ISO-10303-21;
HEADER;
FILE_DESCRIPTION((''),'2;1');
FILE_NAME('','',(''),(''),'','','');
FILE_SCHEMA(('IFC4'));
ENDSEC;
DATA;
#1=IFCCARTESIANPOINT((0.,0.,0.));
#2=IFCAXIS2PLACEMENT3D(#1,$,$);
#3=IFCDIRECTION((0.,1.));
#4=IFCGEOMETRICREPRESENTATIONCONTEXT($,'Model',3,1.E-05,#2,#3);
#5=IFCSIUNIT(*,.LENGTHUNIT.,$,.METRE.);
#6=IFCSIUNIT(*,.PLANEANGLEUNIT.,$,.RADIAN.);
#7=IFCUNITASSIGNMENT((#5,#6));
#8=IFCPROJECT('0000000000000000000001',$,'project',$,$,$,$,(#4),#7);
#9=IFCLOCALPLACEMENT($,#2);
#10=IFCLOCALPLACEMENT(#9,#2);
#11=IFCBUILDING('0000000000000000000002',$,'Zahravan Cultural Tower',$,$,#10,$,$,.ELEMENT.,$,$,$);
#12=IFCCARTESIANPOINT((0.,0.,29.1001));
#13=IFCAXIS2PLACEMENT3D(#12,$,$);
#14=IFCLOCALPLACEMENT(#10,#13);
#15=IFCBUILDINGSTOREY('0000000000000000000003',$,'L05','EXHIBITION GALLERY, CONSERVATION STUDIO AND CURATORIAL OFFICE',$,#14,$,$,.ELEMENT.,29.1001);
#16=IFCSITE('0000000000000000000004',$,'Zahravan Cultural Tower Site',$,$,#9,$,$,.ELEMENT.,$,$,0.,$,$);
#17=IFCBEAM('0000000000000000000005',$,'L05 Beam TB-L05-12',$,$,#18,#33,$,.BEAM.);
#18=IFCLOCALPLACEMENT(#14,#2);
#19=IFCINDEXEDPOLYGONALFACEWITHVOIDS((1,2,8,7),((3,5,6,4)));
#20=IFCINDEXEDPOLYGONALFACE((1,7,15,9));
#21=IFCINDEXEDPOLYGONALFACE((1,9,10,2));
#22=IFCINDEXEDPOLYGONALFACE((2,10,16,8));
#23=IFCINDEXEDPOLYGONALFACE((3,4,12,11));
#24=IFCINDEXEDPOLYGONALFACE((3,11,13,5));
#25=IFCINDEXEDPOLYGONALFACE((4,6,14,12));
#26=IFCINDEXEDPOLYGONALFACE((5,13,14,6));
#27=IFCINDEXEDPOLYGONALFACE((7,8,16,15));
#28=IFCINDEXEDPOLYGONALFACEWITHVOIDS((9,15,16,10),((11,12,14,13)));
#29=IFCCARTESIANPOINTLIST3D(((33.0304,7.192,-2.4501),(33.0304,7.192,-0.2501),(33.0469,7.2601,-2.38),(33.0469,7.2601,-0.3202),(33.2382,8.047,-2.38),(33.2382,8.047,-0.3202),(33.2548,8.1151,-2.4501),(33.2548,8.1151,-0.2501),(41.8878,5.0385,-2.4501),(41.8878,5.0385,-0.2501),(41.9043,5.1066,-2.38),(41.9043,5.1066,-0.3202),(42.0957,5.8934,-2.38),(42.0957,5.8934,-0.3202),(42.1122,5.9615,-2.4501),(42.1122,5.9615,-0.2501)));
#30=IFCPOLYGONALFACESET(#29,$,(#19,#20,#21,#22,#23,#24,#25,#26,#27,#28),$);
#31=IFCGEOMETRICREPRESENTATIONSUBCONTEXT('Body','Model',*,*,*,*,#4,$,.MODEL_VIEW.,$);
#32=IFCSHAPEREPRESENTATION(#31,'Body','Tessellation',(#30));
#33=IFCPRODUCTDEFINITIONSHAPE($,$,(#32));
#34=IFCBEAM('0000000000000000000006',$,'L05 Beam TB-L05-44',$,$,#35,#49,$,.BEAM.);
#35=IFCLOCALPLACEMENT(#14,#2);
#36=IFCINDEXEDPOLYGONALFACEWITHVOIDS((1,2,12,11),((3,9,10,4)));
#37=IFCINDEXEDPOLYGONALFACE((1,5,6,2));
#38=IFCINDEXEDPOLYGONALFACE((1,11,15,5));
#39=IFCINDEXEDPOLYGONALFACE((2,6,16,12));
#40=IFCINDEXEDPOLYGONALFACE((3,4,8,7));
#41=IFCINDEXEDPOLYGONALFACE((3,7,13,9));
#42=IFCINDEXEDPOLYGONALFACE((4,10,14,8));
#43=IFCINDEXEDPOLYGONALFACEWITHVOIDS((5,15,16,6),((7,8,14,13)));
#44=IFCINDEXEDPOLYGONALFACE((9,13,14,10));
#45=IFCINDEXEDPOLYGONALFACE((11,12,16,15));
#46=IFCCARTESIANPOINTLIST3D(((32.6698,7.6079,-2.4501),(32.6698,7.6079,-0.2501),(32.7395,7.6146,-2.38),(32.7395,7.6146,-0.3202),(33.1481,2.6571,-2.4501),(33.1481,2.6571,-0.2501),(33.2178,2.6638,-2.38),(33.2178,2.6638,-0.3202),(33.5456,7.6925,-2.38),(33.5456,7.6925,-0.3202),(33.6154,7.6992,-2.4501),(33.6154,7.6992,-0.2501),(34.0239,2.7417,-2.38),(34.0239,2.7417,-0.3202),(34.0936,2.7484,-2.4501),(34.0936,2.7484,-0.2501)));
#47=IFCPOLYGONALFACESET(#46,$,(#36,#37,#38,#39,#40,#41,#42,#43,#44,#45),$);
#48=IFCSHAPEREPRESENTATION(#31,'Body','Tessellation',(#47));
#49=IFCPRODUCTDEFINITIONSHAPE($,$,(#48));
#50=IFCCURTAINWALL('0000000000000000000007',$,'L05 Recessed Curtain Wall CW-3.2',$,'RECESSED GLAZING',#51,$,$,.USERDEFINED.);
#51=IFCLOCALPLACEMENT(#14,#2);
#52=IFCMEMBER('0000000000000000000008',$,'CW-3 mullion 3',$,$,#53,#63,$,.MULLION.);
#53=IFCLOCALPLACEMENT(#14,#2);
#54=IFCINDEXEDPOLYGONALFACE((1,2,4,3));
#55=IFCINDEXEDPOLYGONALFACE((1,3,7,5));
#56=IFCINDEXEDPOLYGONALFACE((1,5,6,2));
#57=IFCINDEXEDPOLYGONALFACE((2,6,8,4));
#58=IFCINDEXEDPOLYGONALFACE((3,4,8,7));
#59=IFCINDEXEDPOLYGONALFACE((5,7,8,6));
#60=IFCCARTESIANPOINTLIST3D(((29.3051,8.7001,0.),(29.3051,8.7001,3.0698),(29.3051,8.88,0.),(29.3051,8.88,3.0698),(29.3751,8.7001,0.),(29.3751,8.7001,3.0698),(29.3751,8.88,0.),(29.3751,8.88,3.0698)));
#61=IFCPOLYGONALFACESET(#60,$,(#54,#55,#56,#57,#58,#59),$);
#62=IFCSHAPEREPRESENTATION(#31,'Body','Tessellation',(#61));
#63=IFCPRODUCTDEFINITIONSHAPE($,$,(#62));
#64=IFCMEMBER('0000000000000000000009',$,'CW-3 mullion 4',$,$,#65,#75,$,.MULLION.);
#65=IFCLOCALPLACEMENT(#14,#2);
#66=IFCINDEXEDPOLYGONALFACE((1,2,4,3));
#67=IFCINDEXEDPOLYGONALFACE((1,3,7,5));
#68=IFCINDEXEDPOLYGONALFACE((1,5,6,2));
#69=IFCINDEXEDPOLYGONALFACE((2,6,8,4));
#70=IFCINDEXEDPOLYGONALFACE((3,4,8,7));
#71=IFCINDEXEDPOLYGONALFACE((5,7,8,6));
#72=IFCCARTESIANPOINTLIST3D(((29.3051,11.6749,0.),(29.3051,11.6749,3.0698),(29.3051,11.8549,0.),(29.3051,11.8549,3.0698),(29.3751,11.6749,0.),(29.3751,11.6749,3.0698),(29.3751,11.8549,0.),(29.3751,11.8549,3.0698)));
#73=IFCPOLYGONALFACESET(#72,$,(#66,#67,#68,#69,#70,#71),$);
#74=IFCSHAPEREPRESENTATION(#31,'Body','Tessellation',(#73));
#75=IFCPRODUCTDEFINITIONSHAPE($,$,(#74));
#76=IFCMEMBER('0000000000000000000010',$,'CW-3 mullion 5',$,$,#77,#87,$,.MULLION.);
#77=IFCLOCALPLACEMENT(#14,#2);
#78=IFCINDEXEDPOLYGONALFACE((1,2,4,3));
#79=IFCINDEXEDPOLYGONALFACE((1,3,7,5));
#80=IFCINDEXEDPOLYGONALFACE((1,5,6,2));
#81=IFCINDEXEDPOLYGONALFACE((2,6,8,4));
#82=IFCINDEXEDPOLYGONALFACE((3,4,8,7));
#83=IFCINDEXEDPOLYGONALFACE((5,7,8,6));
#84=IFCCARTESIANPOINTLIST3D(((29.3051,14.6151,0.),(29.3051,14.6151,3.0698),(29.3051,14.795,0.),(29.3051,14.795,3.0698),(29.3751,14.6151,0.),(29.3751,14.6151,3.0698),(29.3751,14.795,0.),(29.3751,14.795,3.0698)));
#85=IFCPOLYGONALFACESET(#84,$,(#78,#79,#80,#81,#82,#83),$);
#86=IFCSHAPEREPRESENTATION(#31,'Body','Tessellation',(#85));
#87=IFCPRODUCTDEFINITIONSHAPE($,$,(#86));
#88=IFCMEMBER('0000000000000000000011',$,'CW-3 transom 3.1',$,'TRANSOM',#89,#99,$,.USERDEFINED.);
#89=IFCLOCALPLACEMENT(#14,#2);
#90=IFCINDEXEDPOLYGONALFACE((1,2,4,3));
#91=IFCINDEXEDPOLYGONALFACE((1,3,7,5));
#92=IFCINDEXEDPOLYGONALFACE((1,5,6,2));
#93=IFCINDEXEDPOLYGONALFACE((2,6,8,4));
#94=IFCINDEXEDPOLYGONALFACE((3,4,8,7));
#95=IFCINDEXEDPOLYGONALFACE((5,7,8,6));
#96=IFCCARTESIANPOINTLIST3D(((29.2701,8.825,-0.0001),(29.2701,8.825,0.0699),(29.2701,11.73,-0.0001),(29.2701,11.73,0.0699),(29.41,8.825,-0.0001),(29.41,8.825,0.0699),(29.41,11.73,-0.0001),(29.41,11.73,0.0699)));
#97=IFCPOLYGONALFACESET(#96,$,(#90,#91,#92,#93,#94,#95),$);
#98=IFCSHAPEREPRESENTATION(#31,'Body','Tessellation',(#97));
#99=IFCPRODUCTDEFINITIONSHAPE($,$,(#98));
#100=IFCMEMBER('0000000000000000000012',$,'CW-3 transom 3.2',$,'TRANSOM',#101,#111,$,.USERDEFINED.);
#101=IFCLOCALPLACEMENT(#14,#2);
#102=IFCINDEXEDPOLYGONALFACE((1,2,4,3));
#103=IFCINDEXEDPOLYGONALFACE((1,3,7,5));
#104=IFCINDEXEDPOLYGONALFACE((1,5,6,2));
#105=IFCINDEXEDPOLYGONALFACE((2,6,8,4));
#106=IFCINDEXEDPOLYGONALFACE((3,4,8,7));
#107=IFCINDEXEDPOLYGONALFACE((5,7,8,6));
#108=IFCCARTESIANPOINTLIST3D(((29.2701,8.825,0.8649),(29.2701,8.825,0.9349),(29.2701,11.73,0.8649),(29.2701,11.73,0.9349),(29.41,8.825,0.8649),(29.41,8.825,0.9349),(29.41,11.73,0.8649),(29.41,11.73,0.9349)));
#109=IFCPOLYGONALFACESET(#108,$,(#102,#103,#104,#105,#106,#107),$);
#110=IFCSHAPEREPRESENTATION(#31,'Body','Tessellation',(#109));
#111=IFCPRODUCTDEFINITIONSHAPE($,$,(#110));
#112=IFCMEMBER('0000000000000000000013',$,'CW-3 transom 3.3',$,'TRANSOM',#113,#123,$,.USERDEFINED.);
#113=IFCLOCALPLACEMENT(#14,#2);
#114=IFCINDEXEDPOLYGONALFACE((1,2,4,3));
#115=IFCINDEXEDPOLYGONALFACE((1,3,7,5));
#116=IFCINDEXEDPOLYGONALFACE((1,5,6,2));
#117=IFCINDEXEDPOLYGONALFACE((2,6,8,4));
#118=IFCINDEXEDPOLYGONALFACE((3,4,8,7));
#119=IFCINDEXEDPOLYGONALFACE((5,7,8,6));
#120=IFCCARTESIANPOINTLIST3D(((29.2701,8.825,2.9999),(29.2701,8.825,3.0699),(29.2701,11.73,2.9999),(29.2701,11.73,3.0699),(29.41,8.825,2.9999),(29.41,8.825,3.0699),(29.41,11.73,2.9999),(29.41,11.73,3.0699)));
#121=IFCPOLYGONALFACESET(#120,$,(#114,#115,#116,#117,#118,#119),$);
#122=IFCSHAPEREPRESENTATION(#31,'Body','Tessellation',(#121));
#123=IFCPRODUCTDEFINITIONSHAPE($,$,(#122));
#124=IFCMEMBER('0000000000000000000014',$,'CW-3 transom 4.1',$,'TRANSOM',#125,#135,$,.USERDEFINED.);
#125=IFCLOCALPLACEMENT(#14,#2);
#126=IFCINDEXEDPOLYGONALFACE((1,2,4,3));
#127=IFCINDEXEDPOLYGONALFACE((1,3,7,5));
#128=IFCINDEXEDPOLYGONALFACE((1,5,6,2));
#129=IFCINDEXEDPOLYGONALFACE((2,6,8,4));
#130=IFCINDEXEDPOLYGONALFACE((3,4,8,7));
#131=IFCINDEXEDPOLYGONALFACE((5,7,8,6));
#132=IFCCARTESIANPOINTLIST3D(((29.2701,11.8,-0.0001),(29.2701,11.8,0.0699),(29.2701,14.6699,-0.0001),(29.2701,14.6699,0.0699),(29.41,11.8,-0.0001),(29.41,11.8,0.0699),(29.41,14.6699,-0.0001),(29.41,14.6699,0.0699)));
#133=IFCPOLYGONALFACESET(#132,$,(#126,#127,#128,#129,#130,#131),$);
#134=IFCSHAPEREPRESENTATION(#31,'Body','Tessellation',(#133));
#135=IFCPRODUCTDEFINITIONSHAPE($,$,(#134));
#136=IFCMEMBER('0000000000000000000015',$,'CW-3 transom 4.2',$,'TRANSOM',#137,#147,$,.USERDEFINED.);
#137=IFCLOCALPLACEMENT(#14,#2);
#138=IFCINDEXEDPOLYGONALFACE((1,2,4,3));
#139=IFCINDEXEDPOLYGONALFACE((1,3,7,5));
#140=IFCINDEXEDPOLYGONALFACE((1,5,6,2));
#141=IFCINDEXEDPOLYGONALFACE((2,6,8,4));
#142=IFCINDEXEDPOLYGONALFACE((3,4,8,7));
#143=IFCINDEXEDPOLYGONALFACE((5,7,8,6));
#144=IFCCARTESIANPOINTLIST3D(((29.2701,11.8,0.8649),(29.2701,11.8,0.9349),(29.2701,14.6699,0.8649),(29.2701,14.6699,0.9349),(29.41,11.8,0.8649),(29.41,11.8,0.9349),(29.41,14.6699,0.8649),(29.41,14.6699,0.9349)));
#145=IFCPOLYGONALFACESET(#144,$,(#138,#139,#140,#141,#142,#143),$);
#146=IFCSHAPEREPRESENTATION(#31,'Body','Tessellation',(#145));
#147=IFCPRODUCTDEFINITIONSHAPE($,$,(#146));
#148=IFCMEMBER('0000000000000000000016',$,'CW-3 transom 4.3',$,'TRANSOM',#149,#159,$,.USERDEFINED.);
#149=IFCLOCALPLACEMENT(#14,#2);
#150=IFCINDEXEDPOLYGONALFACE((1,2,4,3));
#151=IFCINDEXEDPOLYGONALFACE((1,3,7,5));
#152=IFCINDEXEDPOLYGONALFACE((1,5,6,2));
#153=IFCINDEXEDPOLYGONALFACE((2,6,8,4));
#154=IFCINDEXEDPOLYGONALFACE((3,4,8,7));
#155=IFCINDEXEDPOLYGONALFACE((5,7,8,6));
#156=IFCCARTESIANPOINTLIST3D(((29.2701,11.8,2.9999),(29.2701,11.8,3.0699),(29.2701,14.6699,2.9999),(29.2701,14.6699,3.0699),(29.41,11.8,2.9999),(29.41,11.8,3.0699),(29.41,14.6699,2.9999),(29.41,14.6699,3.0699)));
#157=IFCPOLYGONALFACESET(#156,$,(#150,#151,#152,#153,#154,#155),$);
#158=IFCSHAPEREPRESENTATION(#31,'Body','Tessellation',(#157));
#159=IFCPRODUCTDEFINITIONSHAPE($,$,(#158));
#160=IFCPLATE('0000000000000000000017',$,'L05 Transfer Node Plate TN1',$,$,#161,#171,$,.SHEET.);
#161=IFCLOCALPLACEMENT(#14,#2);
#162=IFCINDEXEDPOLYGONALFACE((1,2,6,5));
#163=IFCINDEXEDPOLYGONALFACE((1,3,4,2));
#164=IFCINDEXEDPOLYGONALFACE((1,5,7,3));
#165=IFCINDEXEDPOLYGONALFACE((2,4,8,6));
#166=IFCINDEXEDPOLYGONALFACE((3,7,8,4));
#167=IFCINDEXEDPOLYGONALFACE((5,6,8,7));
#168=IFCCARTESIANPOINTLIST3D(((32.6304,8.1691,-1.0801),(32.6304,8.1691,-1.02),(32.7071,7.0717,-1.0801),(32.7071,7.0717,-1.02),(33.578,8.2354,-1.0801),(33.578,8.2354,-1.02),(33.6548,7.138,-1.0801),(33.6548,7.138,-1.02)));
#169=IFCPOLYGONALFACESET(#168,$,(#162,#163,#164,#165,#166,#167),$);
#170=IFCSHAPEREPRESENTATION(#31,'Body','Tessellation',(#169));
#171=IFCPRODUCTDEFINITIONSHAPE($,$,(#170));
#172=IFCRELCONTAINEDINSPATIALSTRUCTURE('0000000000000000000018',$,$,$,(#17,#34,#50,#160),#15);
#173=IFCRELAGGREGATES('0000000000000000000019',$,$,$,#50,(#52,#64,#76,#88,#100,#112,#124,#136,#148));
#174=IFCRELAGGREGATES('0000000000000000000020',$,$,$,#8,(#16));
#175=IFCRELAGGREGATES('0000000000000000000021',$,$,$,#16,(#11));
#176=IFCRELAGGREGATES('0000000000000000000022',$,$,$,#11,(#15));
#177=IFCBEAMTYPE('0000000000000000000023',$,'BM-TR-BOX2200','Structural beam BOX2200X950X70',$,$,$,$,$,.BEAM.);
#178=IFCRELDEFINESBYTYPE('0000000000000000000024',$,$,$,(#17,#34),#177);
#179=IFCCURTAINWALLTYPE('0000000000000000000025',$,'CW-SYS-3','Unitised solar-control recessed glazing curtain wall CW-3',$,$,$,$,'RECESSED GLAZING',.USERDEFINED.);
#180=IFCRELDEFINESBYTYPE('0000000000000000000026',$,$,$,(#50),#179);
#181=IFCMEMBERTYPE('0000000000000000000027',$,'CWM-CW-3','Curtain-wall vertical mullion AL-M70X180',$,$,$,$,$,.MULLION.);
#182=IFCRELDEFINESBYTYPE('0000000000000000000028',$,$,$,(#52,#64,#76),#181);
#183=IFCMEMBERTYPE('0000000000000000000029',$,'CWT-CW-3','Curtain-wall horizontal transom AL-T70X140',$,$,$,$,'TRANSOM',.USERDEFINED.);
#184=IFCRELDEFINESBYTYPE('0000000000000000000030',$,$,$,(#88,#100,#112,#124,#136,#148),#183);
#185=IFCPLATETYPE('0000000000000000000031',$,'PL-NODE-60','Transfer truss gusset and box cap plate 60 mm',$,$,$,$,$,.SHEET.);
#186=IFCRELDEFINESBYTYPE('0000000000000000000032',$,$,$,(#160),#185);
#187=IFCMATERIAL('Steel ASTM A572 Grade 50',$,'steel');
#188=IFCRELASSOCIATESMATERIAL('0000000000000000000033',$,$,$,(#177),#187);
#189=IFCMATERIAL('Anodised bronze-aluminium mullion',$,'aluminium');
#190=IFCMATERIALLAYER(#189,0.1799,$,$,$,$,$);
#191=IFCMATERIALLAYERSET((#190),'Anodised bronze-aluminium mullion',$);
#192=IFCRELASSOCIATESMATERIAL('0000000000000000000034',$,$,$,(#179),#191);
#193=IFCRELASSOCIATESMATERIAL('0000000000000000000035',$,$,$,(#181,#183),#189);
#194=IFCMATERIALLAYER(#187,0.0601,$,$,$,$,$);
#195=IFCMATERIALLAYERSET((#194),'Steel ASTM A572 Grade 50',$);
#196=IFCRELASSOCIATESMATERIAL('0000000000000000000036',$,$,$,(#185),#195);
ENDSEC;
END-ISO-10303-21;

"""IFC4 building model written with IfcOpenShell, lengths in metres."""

from ifc_helpers import new_model, si_unit, direction, frame, origin, origin_2d, place, context, subcontext, project, spatial, rectangle, hollow_rectangle, extrude, source, transform, mapped, material, layer, layer_set, material_profile, profile_set, type_object, element, aggregate, save


model = new_model("IFC4")

# Units and contexts
model_context = context("Model", 3, precision=1e-05, world=origin(), true_north=direction((0.0, 1.0)))
body_context = subcontext(model_context, "Body", "Model", "MODEL_VIEW")
ifc_project = project(units=[si_unit("LENGTHUNIT", "METRE"), si_unit("PLANEANGLEUNIT", "RADIAN")], contexts=[model_context])

# Site, building, storey
site_placement = place(None, origin())
site = spatial("IfcSite", under=ifc_project, at=site_placement, Name="Zahravan Cultural Tower Site", CompositionType="ELEMENT", RefElevation=0.0)
building_placement = place(site_placement, origin())
building = spatial("IfcBuilding", under=site, at=building_placement, Name="Zahravan Cultural Tower", CompositionType="ELEMENT")
storey_placement = place(building_placement, frame((0.0, 0.0, 29.1001)))
storey = spatial("IfcBuildingStorey", under=building, at=storey_placement, Name="L05", Description="EXHIBITION GALLERY, CONSERVATION STUDIO AND CURATORIAL OFFICE", CompositionType="ELEMENT", Elevation=29.1001)

# Beams
ifc_material_1 = material(Name="Steel ASTM A572 Grade 50", Category="steel")
ifc_material_profile_1 = material_profile(ifc_material_1, hollow_rectangle(XDim=0.95, YDim=2.2, WallThickness=0.0701, at=origin_2d()), Name="BOX2200X950X70")
ifc_profile_set_1 = profile_set([ifc_material_profile_1], Name="Steel ASTM A572 Grade 50")
beam_type = type_object("IfcBeamType", Name="BM-TR-BOX2200", Description="Structural beam BOX2200X950X70", PredefinedType="BEAM", material=ifc_profile_set_1)
shared_shape_1 = source(origin(), body_context, "Body", "SweptSolid", [
    extrude(hollow_rectangle(XDim=0.95, YDim=2.2, WallThickness=0.0701, at=origin_2d()), origin(), (0.0, 0.0, 1.0), 9.1155),
])
beam_1_placement = place(storey_placement, frame((33.1426, 7.6536, -1.3501), z_axis=(0.971691, -0.236254, 0.0), x_axis=(0.236254, 0.971691, 0.0)))
element("IfcBeam", 1, at=beam_1_placement, inside=storey, type_object=beam_type, Name="L05 Beam TB-L05-12", PredefinedType="BEAM", context=body_context, shape_type="MappedRepresentation", body=[
    mapped(shared_shape_1, transform((0.0, 0.0, 0.0), x_axis=(1.0, 0.0, 0.0), y_axis=(0.0, 1.0, 0.0), z_axis=(0.0, 0.0, 1.0), scale=1.0)),
])
shared_shape_2 = source(origin(), body_context, "Body", "SweptSolid", [
    extrude(hollow_rectangle(XDim=0.95, YDim=2.2, WallThickness=0.0701, at=origin_2d()), origin(), (0.0, 0.0, 1.0), 4.9739),
])
beam_2_placement = place(storey_placement, frame((33.1426, 7.6536, -1.3501), z_axis=(0.096155, -0.995366, 0.0), x_axis=(0.995366, 0.096155, 0.0)))
element("IfcBeam", 2, at=beam_2_placement, inside=storey, type_object=beam_type, Name="L05 Beam TB-L05-44", PredefinedType="BEAM", context=body_context, shape_type="MappedRepresentation", body=[
    mapped(shared_shape_2, transform((0.0, 0.0, 0.0), x_axis=(1.0, 0.0, 0.0), y_axis=(0.0, 1.0, 0.0), z_axis=(0.0, 0.0, 1.0), scale=1.0)),
])

# Curtain wall, members
ifc_material_2 = material(Name="Anodised bronze-aluminium mullion", Category="aluminium")
ifc_layer_1 = layer(ifc_material_2, 0.1799)
ifc_layer_set_1 = layer_set([ifc_layer_1], Name="Anodised bronze-aluminium mullion")
curtain_wall_type = type_object("IfcCurtainWallType", Name="CW-SYS-3", Description="Unitised solar-control recessed glazing curtain wall CW-3", ElementType="RECESSED GLAZING", PredefinedType="USERDEFINED", material=ifc_layer_set_1)
curtain_wall_placement = place(storey_placement, origin())
curtain_wall = element("IfcCurtainWall", 3, at=curtain_wall_placement, inside=storey, type_object=curtain_wall_type, Name="L05 Recessed Curtain Wall CW-3.2", ObjectType="RECESSED GLAZING", PredefinedType="USERDEFINED")
ifc_material_profile_2 = material_profile(ifc_material_2, rectangle(XDim=0.0701, YDim=0.1799, at=origin_2d()), Name="AL-M70X180")
ifc_profile_set_2 = profile_set([ifc_material_profile_2], Name="Anodised bronze-aluminium mullion")
member_type_1 = type_object("IfcMemberType", Name="CWM-CW-3", Description="Curtain-wall vertical mullion AL-M70X180", PredefinedType="MULLION", material=ifc_profile_set_2)
shared_shape_3 = source(origin(), body_context, "Body", "SweptSolid", [
    extrude(rectangle(XDim=0.0701, YDim=0.1799, at=origin_2d()), origin(), (0.0, 0.0, 1.0), 3.0698),
])
member_1_placement = place(storey_placement, frame((29.3401, 8.79, 0.0), z_axis=(0.0, 0.0, 1.0), x_axis=(-1.0, 0.0, 0.0)))
member_1 = element("IfcMember", 4, at=member_1_placement, type_object=member_type_1, Name="CW-3 mullion 3", PredefinedType="MULLION", context=body_context, shape_type="MappedRepresentation", body=[
    mapped(shared_shape_3, transform((0.0, 0.0, 0.0), x_axis=(1.0, 0.0, 0.0), y_axis=(0.0, 1.0, 0.0), z_axis=(0.0, 0.0, 1.0), scale=1.0)),
])
member_2_placement = place(storey_placement, frame((29.3401, 11.7649, 0.0), z_axis=(0.0, 0.0, 1.0), x_axis=(-1.0, 0.0, 0.0)))
member_2 = element("IfcMember", 5, at=member_2_placement, type_object=member_type_1, Name="CW-3 mullion 4", PredefinedType="MULLION", context=body_context, shape_type="MappedRepresentation", body=[
    mapped(shared_shape_3, transform((0.0, 0.0, 0.0), x_axis=(1.0, 0.0, 0.0), y_axis=(0.0, 1.0, 0.0), z_axis=(0.0, 0.0, 1.0), scale=1.0)),
])
member_3_placement = place(storey_placement, frame((29.3401, 14.7051, 0.0), z_axis=(0.0, 0.0, 1.0), x_axis=(-1.0, 0.0, 0.0)))
member_3 = element("IfcMember", 6, at=member_3_placement, type_object=member_type_1, Name="CW-3 mullion 5", PredefinedType="MULLION", context=body_context, shape_type="MappedRepresentation", body=[
    mapped(shared_shape_3, transform((0.0, 0.0, 0.0), x_axis=(1.0, 0.0, 0.0), y_axis=(0.0, 1.0, 0.0), z_axis=(0.0, 0.0, 1.0), scale=1.0)),
])
ifc_material_profile_3 = material_profile(ifc_material_2, rectangle(XDim=0.1399, YDim=0.0701, at=origin_2d()), Name="AL-T70X140")
ifc_profile_set_3 = profile_set([ifc_material_profile_3], Name="Anodised bronze-aluminium mullion")
member_type_2 = type_object("IfcMemberType", Name="CWT-CW-3", Description="Curtain-wall horizontal transom AL-T70X140", ElementType="TRANSOM", PredefinedType="USERDEFINED", material=ifc_profile_set_3)
shared_shape_4 = source(origin(), body_context, "Body", "SweptSolid", [
    extrude(rectangle(XDim=0.1399, YDim=0.0701, at=origin_2d()), origin(), (0.0, 0.0, 1.0), 2.905),
])
member_4_placement = place(storey_placement, frame((29.3401, 8.825, 0.0349), z_axis=(0.0, 1.0, 0.0), x_axis=(-1.0, 0.0, 0.0)))
member_4 = element("IfcMember", 7, at=member_4_placement, type_object=member_type_2, Name="CW-3 transom 3.1", ObjectType="TRANSOM", PredefinedType="USERDEFINED", context=body_context, shape_type="MappedRepresentation", body=[
    mapped(shared_shape_4, transform((0.0, 0.0, 0.0), x_axis=(1.0, 0.0, 0.0), y_axis=(0.0, 1.0, 0.0), z_axis=(0.0, 0.0, 1.0), scale=1.0)),
])
member_5_placement = place(storey_placement, frame((29.3401, 8.825, 0.8999), z_axis=(0.0, 1.0, 0.0), x_axis=(-1.0, 0.0, 0.0)))
member_5 = element("IfcMember", 8, at=member_5_placement, type_object=member_type_2, Name="CW-3 transom 3.2", ObjectType="TRANSOM", PredefinedType="USERDEFINED", context=body_context, shape_type="MappedRepresentation", body=[
    mapped(shared_shape_4, transform((0.0, 0.0, 0.0), x_axis=(1.0, 0.0, 0.0), y_axis=(0.0, 1.0, 0.0), z_axis=(0.0, 0.0, 1.0), scale=1.0)),
])
member_6_placement = place(storey_placement, frame((29.3401, 8.825, 3.0349), z_axis=(0.0, 1.0, 0.0), x_axis=(-1.0, 0.0, 0.0)))
member_6 = element("IfcMember", 9, at=member_6_placement, type_object=member_type_2, Name="CW-3 transom 3.3", ObjectType="TRANSOM", PredefinedType="USERDEFINED", context=body_context, shape_type="MappedRepresentation", body=[
    mapped(shared_shape_4, transform((0.0, 0.0, 0.0), x_axis=(1.0, 0.0, 0.0), y_axis=(0.0, 1.0, 0.0), z_axis=(0.0, 0.0, 1.0), scale=1.0)),
])
shared_shape_5 = source(origin(), body_context, "Body", "SweptSolid", [
    extrude(rectangle(XDim=0.1399, YDim=0.0701, at=origin_2d()), origin(), (0.0, 0.0, 1.0), 2.8699),
])
member_7_placement = place(storey_placement, frame((29.3401, 11.8, 0.0349), z_axis=(0.0, 1.0, 0.0), x_axis=(-1.0, 0.0, 0.0)))
member_7 = element("IfcMember", 10, at=member_7_placement, type_object=member_type_2, Name="CW-3 transom 4.1", ObjectType="TRANSOM", PredefinedType="USERDEFINED", context=body_context, shape_type="MappedRepresentation", body=[
    mapped(shared_shape_5, transform((0.0, 0.0, 0.0), x_axis=(1.0, 0.0, 0.0), y_axis=(0.0, 1.0, 0.0), z_axis=(0.0, 0.0, 1.0), scale=1.0)),
])
member_8_placement = place(storey_placement, frame((29.3401, 11.8, 0.8999), z_axis=(0.0, 1.0, 0.0), x_axis=(-1.0, 0.0, 0.0)))
member_8 = element("IfcMember", 11, at=member_8_placement, type_object=member_type_2, Name="CW-3 transom 4.2", ObjectType="TRANSOM", PredefinedType="USERDEFINED", context=body_context, shape_type="MappedRepresentation", body=[
    mapped(shared_shape_5, transform((0.0, 0.0, 0.0), x_axis=(1.0, 0.0, 0.0), y_axis=(0.0, 1.0, 0.0), z_axis=(0.0, 0.0, 1.0), scale=1.0)),
])
member_9_placement = place(storey_placement, frame((29.3401, 11.8, 3.0349), z_axis=(0.0, 1.0, 0.0), x_axis=(-1.0, 0.0, 0.0)))
member_9 = element("IfcMember", 12, at=member_9_placement, type_object=member_type_2, Name="CW-3 transom 4.3", ObjectType="TRANSOM", PredefinedType="USERDEFINED", context=body_context, shape_type="MappedRepresentation", body=[
    mapped(shared_shape_5, transform((0.0, 0.0, 0.0), x_axis=(1.0, 0.0, 0.0), y_axis=(0.0, 1.0, 0.0), z_axis=(0.0, 0.0, 1.0), scale=1.0)),
])

# Plate
ifc_layer_2 = layer(ifc_material_1, 0.0601)
ifc_layer_set_2 = layer_set([ifc_layer_2], Name="Steel ASTM A572 Grade 50")
plate_type_1 = type_object("IfcPlateType", Name="PL-NODE-60", Description="Transfer truss gusset and box cap plate 60 mm", PredefinedType="SHEET", material=ifc_layer_set_2)
shared_shape_6 = source(origin(), body_context, "Body", "SweptSolid", [
    extrude(rectangle(XDim=1.1001, YDim=0.95, at=origin_2d()), origin(), (0.0, 0.0, 1.0), 0.0601),
])
plate_1_placement = place(storey_placement, frame((33.1426, 7.6536, -1.0801), z_axis=(0.0, 0.0, 1.0), x_axis=(-0.069756, 0.997564, 0.0)))
element("IfcPlate", 13, at=plate_1_placement, inside=storey, type_object=plate_type_1, Name="L05 Transfer Node Plate TN1", PredefinedType="SHEET", context=body_context, shape_type="MappedRepresentation", body=[
    mapped(shared_shape_6, transform((0.0, 0.0, 0.0), x_axis=(1.0, 0.0, 0.0), y_axis=(0.0, 1.0, 0.0), z_axis=(0.0, 0.0, 1.0), scale=1.0)),
])
aggregate(curtain_wall, [member_1, member_2, member_3, member_4, member_5, member_6, member_7, member_8, member_9])

save(model, "model.ifc")
